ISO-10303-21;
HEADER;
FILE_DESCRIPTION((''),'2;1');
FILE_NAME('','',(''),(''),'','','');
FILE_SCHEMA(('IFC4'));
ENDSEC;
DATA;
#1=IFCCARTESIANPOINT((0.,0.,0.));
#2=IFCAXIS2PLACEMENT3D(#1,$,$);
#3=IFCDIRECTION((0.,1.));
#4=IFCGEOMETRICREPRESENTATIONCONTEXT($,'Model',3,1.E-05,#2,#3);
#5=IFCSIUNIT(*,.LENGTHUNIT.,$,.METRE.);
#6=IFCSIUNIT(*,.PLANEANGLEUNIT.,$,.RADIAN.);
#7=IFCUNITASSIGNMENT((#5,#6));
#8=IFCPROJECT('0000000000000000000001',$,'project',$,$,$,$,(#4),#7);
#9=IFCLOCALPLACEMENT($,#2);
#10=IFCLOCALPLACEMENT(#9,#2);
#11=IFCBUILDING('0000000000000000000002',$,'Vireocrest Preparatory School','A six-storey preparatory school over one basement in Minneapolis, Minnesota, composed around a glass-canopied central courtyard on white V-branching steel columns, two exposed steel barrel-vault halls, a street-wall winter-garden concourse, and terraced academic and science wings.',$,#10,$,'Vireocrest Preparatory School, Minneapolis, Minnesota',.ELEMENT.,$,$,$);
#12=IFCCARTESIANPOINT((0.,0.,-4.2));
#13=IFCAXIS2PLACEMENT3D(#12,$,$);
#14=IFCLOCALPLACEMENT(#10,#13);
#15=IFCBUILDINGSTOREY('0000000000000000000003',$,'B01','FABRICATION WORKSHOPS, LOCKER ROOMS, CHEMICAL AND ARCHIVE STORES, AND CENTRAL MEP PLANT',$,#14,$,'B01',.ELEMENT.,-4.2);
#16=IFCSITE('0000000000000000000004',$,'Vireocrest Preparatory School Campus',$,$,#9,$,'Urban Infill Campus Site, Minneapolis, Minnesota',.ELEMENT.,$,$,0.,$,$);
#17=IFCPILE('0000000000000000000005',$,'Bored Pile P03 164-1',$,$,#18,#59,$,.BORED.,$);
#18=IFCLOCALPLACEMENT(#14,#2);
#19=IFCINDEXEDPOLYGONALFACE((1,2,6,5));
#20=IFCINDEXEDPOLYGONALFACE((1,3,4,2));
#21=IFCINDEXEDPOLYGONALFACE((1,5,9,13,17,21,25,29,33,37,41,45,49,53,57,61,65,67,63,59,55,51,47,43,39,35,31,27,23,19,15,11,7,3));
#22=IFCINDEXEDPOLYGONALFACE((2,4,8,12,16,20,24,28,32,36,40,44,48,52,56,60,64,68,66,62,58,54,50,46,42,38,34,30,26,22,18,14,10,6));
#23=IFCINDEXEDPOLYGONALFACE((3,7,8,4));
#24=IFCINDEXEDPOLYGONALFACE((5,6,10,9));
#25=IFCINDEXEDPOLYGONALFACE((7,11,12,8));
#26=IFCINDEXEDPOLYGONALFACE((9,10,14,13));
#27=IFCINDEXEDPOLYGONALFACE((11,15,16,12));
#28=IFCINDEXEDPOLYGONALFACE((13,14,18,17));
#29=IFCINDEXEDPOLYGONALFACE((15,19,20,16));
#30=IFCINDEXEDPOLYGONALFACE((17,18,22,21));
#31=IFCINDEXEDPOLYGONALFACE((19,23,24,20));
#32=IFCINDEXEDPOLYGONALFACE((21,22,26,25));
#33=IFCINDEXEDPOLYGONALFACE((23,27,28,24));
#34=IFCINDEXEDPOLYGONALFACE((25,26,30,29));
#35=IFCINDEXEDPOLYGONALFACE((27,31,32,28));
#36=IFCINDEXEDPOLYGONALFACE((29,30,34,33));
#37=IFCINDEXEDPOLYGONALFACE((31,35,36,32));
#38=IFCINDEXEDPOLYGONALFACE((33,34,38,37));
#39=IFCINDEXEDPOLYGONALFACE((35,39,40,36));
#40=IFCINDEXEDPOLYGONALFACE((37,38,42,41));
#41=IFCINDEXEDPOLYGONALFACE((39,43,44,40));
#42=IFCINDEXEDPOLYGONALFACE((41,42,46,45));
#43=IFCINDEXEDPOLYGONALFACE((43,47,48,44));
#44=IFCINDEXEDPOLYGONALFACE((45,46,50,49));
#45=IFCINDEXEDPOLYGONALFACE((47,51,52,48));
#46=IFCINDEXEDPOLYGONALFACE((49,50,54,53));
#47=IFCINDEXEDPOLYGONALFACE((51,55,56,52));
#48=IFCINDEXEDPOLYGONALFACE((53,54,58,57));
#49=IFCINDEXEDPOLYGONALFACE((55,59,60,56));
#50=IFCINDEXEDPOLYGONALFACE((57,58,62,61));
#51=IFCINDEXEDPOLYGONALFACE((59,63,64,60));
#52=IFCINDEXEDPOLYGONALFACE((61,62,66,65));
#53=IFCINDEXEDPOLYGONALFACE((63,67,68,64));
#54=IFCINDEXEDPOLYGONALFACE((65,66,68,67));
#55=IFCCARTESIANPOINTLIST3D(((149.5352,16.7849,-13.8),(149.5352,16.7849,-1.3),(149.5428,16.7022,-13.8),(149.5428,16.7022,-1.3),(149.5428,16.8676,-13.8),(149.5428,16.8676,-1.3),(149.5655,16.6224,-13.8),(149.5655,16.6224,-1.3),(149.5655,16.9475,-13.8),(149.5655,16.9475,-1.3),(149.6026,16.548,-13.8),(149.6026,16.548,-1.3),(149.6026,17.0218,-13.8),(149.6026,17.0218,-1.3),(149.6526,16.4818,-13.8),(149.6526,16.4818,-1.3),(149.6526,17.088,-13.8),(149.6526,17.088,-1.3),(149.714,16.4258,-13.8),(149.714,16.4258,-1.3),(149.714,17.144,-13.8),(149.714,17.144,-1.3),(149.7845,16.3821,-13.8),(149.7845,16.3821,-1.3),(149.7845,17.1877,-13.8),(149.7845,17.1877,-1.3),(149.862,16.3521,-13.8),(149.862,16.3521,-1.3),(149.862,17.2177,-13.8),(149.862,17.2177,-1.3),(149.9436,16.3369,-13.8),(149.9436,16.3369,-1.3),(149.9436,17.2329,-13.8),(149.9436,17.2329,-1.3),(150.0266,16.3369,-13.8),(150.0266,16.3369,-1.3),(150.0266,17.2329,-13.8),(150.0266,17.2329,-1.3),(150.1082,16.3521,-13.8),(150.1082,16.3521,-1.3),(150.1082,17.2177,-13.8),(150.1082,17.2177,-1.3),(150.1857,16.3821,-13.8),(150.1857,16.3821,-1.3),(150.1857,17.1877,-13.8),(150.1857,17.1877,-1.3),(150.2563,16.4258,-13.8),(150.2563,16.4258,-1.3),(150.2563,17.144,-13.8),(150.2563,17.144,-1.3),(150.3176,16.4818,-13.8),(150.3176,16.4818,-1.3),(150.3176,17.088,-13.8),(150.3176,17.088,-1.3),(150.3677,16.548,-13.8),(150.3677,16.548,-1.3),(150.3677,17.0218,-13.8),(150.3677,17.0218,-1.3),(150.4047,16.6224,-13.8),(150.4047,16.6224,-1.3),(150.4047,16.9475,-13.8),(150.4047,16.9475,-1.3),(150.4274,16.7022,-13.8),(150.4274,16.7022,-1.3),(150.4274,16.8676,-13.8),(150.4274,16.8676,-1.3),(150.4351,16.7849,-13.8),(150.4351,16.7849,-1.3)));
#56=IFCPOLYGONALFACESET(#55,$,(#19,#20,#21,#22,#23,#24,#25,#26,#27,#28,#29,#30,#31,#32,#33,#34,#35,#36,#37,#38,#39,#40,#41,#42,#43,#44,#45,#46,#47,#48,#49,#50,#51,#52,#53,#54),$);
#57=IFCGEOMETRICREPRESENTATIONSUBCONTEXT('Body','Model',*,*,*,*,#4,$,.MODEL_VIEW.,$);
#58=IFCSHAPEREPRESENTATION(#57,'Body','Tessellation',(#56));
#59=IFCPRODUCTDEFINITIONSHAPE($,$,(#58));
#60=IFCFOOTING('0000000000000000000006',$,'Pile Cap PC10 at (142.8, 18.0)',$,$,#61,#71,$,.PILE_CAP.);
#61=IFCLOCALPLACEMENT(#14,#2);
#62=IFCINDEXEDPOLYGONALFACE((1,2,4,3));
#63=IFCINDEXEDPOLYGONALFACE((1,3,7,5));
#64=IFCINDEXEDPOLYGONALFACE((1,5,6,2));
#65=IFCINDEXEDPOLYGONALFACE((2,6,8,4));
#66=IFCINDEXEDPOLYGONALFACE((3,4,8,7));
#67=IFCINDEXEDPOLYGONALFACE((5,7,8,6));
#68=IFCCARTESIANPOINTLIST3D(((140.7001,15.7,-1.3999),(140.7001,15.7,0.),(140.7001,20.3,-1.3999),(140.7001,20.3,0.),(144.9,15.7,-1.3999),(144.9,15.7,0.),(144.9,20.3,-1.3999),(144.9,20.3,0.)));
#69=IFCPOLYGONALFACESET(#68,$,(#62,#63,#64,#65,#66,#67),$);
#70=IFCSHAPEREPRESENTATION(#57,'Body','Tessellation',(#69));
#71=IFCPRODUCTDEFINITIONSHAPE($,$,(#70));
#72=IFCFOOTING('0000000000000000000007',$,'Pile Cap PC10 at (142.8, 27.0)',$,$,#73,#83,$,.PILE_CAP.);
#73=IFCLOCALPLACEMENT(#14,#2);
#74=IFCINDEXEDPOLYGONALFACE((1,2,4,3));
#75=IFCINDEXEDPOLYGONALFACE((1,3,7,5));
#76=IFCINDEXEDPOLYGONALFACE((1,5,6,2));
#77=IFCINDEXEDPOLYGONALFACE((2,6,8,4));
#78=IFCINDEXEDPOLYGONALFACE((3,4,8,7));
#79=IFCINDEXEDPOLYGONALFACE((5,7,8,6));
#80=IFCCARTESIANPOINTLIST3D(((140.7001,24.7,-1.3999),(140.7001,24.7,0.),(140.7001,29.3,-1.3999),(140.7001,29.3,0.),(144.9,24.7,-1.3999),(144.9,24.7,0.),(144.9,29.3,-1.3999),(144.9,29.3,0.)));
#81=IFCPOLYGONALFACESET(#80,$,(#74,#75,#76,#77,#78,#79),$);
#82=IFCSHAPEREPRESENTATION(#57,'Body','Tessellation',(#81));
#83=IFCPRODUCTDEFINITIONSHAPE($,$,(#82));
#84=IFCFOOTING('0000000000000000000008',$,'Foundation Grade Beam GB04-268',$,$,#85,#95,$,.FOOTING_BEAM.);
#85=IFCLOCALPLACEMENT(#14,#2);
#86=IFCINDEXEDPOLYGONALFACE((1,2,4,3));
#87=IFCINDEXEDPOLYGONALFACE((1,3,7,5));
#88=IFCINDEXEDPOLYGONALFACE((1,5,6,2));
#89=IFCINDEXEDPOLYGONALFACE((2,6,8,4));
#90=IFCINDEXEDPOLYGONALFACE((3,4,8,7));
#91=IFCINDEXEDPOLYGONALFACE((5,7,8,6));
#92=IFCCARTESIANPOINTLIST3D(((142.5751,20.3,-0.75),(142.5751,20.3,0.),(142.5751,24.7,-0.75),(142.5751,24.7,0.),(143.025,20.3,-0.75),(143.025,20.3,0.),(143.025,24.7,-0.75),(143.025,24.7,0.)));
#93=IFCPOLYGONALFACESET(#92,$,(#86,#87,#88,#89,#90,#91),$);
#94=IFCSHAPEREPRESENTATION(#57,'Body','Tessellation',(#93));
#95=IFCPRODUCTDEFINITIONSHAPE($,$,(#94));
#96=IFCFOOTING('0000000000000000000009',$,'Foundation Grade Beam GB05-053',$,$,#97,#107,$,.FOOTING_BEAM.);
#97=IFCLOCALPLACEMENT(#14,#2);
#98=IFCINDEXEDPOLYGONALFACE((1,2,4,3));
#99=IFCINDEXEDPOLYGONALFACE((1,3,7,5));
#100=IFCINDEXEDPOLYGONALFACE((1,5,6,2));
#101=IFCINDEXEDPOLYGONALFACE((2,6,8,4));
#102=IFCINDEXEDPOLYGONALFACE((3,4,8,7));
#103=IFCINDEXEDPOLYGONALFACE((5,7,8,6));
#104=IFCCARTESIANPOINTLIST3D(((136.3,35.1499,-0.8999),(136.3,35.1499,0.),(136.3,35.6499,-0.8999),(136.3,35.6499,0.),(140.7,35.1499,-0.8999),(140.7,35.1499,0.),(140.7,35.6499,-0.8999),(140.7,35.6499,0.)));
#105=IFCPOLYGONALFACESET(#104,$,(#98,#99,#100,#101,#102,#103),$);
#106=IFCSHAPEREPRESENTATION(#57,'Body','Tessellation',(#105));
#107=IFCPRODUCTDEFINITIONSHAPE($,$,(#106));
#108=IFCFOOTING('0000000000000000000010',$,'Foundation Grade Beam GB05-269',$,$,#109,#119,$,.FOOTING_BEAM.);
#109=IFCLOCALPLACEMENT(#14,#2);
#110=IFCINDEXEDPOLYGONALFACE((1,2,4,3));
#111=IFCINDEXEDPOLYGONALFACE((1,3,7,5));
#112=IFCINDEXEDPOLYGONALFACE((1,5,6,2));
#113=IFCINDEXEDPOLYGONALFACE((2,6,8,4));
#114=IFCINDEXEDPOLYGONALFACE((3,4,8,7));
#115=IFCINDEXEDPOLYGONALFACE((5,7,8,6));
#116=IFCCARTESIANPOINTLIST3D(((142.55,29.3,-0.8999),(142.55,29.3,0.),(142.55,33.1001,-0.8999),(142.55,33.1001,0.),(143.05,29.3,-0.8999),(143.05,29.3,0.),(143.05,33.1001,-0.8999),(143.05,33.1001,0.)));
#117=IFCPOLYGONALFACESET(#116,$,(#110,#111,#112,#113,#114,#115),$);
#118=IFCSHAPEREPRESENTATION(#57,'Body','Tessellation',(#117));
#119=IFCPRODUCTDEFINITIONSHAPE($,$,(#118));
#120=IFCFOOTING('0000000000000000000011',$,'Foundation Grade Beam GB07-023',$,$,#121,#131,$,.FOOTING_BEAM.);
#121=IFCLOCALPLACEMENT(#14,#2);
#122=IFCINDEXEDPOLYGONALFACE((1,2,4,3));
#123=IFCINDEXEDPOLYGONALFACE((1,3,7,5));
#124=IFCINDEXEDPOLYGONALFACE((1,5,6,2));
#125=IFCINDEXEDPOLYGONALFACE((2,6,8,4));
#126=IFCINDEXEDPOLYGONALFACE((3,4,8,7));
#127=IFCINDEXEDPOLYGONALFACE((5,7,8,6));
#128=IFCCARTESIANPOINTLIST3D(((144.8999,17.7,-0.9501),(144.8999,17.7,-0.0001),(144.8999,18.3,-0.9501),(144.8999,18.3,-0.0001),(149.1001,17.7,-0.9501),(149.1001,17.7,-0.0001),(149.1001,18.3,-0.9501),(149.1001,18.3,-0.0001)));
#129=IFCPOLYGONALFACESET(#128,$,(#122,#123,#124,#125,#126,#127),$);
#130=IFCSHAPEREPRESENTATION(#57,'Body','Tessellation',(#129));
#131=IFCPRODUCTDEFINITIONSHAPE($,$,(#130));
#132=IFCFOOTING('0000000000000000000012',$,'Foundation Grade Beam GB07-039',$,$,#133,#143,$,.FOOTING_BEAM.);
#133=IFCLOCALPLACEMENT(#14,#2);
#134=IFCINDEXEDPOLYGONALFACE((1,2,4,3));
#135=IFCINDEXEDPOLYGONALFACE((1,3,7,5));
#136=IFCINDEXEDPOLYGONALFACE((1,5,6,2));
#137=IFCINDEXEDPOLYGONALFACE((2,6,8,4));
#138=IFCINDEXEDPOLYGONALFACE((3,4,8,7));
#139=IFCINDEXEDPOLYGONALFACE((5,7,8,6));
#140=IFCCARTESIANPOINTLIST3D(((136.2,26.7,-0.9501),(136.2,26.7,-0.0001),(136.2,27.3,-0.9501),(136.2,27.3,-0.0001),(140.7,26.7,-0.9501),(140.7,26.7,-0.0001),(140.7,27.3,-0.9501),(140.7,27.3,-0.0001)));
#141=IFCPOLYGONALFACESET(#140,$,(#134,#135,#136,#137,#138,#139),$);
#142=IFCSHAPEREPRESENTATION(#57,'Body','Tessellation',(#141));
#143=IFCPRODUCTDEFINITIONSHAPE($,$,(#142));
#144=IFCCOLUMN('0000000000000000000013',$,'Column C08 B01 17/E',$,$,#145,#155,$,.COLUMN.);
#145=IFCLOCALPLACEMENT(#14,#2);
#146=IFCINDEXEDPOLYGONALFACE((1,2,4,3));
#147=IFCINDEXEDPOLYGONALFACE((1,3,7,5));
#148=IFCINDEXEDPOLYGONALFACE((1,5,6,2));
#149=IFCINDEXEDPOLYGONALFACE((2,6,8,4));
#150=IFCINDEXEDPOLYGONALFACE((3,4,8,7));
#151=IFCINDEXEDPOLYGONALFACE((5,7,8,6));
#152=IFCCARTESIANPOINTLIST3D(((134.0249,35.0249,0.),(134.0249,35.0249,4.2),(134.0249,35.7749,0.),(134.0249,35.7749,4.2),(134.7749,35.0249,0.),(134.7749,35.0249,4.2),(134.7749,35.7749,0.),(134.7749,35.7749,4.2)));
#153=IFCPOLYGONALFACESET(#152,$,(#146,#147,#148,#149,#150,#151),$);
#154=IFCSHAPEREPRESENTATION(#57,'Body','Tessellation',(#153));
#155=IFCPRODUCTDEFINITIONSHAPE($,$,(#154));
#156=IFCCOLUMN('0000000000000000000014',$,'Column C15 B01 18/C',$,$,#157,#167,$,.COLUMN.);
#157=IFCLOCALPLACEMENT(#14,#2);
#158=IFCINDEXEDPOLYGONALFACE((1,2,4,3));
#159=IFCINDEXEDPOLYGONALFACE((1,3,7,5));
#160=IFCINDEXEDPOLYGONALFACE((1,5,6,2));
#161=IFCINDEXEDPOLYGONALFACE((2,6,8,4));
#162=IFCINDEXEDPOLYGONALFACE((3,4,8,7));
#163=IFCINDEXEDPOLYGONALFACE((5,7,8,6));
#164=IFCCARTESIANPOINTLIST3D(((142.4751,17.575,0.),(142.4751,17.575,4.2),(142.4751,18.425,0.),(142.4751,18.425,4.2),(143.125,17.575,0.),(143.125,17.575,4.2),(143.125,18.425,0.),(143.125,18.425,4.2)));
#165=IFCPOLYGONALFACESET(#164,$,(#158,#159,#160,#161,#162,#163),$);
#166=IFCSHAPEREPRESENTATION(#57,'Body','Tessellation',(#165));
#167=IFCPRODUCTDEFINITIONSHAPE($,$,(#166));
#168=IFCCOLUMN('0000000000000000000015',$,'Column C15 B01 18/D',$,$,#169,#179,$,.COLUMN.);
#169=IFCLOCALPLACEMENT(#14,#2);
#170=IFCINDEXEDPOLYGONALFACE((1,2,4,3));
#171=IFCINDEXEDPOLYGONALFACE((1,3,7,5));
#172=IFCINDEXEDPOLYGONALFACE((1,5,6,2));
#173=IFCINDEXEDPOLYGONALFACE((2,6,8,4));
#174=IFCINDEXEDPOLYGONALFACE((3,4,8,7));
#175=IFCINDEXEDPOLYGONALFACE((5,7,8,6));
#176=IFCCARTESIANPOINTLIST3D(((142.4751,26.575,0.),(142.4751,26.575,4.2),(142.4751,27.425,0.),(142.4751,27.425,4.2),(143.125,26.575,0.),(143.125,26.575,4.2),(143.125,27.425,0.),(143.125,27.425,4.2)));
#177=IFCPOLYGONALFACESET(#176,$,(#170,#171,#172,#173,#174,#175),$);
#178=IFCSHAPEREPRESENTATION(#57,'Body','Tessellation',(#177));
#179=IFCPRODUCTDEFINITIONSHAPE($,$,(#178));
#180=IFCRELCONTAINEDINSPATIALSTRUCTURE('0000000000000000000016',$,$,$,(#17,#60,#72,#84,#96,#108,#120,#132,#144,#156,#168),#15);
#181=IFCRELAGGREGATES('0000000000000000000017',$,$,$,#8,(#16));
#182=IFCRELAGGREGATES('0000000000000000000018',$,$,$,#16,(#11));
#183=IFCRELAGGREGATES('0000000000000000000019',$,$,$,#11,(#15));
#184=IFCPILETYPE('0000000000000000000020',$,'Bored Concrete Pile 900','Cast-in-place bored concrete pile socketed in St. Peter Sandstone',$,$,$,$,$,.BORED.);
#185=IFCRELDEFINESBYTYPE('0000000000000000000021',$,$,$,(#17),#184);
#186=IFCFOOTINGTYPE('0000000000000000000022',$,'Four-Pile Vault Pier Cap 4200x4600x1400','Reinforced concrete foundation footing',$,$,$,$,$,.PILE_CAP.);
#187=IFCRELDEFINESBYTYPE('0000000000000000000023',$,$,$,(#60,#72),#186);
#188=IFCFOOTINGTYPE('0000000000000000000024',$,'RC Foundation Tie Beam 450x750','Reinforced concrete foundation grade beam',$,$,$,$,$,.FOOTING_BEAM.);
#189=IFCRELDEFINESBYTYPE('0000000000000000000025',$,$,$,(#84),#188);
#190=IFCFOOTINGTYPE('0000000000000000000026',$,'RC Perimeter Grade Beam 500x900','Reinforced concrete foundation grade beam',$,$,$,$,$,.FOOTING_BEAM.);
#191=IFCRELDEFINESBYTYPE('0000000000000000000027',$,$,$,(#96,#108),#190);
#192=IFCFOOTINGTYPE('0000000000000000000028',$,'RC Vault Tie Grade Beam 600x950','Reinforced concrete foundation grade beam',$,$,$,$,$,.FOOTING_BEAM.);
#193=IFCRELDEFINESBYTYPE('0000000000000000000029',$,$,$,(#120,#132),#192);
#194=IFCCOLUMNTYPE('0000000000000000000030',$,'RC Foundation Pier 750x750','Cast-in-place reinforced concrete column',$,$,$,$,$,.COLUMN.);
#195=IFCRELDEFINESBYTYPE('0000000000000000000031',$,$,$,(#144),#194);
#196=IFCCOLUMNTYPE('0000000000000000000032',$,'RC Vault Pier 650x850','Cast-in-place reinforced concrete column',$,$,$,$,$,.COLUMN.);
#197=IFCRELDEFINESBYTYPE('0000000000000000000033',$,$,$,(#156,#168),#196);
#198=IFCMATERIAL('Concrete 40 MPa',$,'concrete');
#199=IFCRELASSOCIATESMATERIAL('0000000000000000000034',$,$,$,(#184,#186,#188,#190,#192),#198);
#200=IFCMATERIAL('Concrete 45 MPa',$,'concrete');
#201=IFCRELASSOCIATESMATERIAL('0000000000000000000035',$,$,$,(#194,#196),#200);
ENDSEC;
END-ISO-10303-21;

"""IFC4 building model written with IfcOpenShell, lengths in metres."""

from ifc_helpers import new_model, si_unit, direction, frame, origin, origin_2d, place, context, subcontext, project, spatial, rectangle, circle, extrude, material, material_profile, profile_set, type_object, element, save


model = new_model("IFC4")

# Units and contexts
model_context = context("Model", 3, precision=1e-05, world=origin(), true_north=direction((0.0, 1.0)))
body_context = subcontext(model_context, "Body", "Model", "MODEL_VIEW")
ifc_project = project(units=[si_unit("LENGTHUNIT", "METRE"), si_unit("PLANEANGLEUNIT", "RADIAN")], contexts=[model_context])

# Site, building, storey
site_placement = place(None, origin())
site = spatial("IfcSite", under=ifc_project, at=site_placement, Name="Vireocrest Preparatory School Campus", LongName="Urban Infill Campus Site, Minneapolis, Minnesota", CompositionType="ELEMENT", RefElevation=0.0)
building_placement = place(site_placement, origin())
building = spatial("IfcBuilding", under=site, at=building_placement, Name="Vireocrest Preparatory School", Description="A six-storey preparatory school over one basement in Minneapolis, Minnesota, composed around a glass-canopied central courtyard on white V-branching steel columns, two exposed steel barrel-vault halls, a street-wall winter-garden concourse, and terraced academic and science wings.", LongName="Vireocrest Preparatory School, Minneapolis, Minnesota", CompositionType="ELEMENT")
storey_placement = place(building_placement, frame((0.0, 0.0, -4.2)))
storey = spatial("IfcBuildingStorey", under=building, at=storey_placement, Name="B01", Description="FABRICATION WORKSHOPS, LOCKER ROOMS, CHEMICAL AND ARCHIVE STORES, AND CENTRAL MEP PLANT", LongName="B01", CompositionType="ELEMENT", Elevation=-4.2)

# Pile
ifc_material_1 = material(Name="Concrete 40 MPa", Category="concrete")
ifc_material_profile_1 = material_profile(ifc_material_1, circle(Radius=0.45, at=origin_2d()), Name="BORED PILE 900")
ifc_profile_set_1 = profile_set([ifc_material_profile_1], Name="Concrete 40 MPa")
pile_type_1 = type_object("IfcPileType", Name="Bored Concrete Pile 900", Description="Cast-in-place bored concrete pile socketed in St. Peter Sandstone", PredefinedType="BORED", material=ifc_profile_set_1)
for number, where, z_axis, x_axis, name in (
    (1, (149.9851, 16.7849, -1.3), (0.0, 0.0, -1.0), (1.0, 0.0, 0.0), "Bored Pile P03 164-1"),
):
    element("IfcPile", number, at=place(storey_placement, frame(where, z_axis=z_axis, x_axis=x_axis)), inside=storey, type_object=pile_type_1, Name=name, PredefinedType="BORED", context=body_context, shape_type="SweptSolid", body=[
        extrude(circle(Radius=0.45, at=origin_2d()), origin(), (0.0, 0.0, 1.0), 12.5),
    ])

# Footings
footing_type_1 = type_object("IfcFootingType", Name="Four-Pile Vault Pier Cap 4200x4600x1400", Description="Reinforced concrete foundation footing", PredefinedType="PILE_CAP", material=ifc_material_1)
for number, where, z_axis, x_axis, name in (
    (2, (142.8, 18.0, -1.3999), (0.0, 0.0, 1.0), (1.0, 0.0, 0.0), "Pile Cap PC10 at (142.8, 18.0)"),
    (3, (142.8, 27.0, -1.3999), (0.0, 0.0, 1.0), (1.0, 0.0, 0.0), "Pile Cap PC10 at (142.8, 27.0)"),
):
    element("IfcFooting", number, at=place(storey_placement, frame(where, z_axis=z_axis, x_axis=x_axis)), inside=storey, type_object=footing_type_1, Name=name, PredefinedType="PILE_CAP", context=body_context, shape_type="SweptSolid", body=[
        extrude(rectangle(XDim=4.2, YDim=4.6001, at=origin_2d()), origin(), (0.0, 0.0, 1.0), 1.3999),
    ])
ifc_material_profile_2 = material_profile(ifc_material_1, rectangle(XDim=0.45, YDim=0.75, at=origin_2d()), Name="GB 450x750")
ifc_profile_set_2 = profile_set([ifc_material_profile_2], Name="Concrete 40 MPa")
footing_type_2 = type_object("IfcFootingType", Name="RC Foundation Tie Beam 450x750", Description="Reinforced concrete foundation grade beam", PredefinedType="FOOTING_BEAM", material=ifc_profile_set_2)
footing_1_placement = place(storey_placement, frame((142.8, 20.3, -0.375), z_axis=(0.0, 1.0, 0.0), x_axis=(-1.0, 0.0, 0.0)))
element("IfcFooting", 4, at=footing_1_placement, inside=storey, type_object=footing_type_2, Name="Foundation Grade Beam GB04-268", PredefinedType="FOOTING_BEAM", context=body_context, shape_type="SweptSolid", body=[
    extrude(rectangle(XDim=0.45, YDim=0.75, at=origin_2d()), origin(), (0.0, 0.0, 1.0), 4.3999),
])
ifc_material_profile_3 = material_profile(ifc_material_1, rectangle(XDim=0.5, YDim=0.8999, at=origin_2d()), Name="GB 500x900")
ifc_profile_set_3 = profile_set([ifc_material_profile_3], Name="Concrete 40 MPa")
footing_type_3 = type_object("IfcFootingType", Name="RC Perimeter Grade Beam 500x900", Description="Reinforced concrete foundation grade beam", PredefinedType="FOOTING_BEAM", material=ifc_profile_set_3)
footing_2_placement = place(storey_placement, frame((136.3, 35.3999, -0.45), z_axis=(1.0, 0.0, 0.0), x_axis=(0.0, 1.0, 0.0)))
element("IfcFooting", 5, at=footing_2_placement, inside=storey, type_object=footing_type_3, Name="Foundation Grade Beam GB05-053", PredefinedType="FOOTING_BEAM", context=body_context, shape_type="SweptSolid", body=[
    extrude(rectangle(XDim=0.5, YDim=0.8999, at=origin_2d()), origin(), (0.0, 0.0, 1.0), 4.3999),
])
footing_3_placement = place(storey_placement, frame((142.8, 29.3, -0.45), z_axis=(0.0, 1.0, 0.0), x_axis=(-1.0, 0.0, 0.0)))
element("IfcFooting", 6, at=footing_3_placement, inside=storey, type_object=footing_type_3, Name="Foundation Grade Beam GB05-269", PredefinedType="FOOTING_BEAM", context=body_context, shape_type="SweptSolid", body=[
    extrude(rectangle(XDim=0.5, YDim=0.8999, at=origin_2d()), origin(), (0.0, 0.0, 1.0), 3.8),
])
ifc_material_profile_4 = material_profile(ifc_material_1, rectangle(XDim=0.6001, YDim=0.95, at=origin_2d()), Name="GB 600x950")
ifc_profile_set_4 = profile_set([ifc_material_profile_4], Name="Concrete 40 MPa")
footing_type_4 = type_object("IfcFootingType", Name="RC Vault Tie Grade Beam 600x950", Description="Reinforced concrete foundation grade beam", PredefinedType="FOOTING_BEAM", material=ifc_profile_set_4)
footing_4_placement = place(storey_placement, frame((144.8999, 18.0, -0.4751), z_axis=(1.0, 0.0, 0.0), x_axis=(0.0, 1.0, 0.0)))
element("IfcFooting", 7, at=footing_4_placement, inside=storey, type_object=footing_type_4, Name="Foundation Grade Beam GB07-023", PredefinedType="FOOTING_BEAM", context=body_context, shape_type="SweptSolid", body=[
    extrude(rectangle(XDim=0.6001, YDim=0.95, at=origin_2d()), origin(), (0.0, 0.0, 1.0), 4.2002),
])
footing_5_placement = place(storey_placement, frame((136.2, 27.0, -0.4751), z_axis=(1.0, 0.0, 0.0), x_axis=(0.0, 1.0, 0.0)))
element("IfcFooting", 8, at=footing_5_placement, inside=storey, type_object=footing_type_4, Name="Foundation Grade Beam GB07-039", PredefinedType="FOOTING_BEAM", context=body_context, shape_type="SweptSolid", body=[
    extrude(rectangle(XDim=0.6001, YDim=0.95, at=origin_2d()), origin(), (0.0, 0.0, 1.0), 4.5),
])

# Columns
ifc_material_2 = material(Name="Concrete 45 MPa", Category="concrete")
ifc_material_profile_5 = material_profile(ifc_material_2, rectangle(XDim=0.75, YDim=0.75, at=origin_2d()), Name="RC 750x750")
ifc_profile_set_5 = profile_set([ifc_material_profile_5], Name="Concrete 45 MPa")
column_type_1 = type_object("IfcColumnType", Name="RC Foundation Pier 750x750", Description="Cast-in-place reinforced concrete column", PredefinedType="COLUMN", material=ifc_profile_set_5)
column_placement = place(storey_placement, frame((134.3999, 35.3999, 0.0), z_axis=(0.0, 0.0, 1.0), x_axis=(1.0, 0.0, 0.0)))
element("IfcColumn", 9, at=column_placement, inside=storey, type_object=column_type_1, Name="Column C08 B01 17/E", PredefinedType="COLUMN", context=body_context, shape_type="SweptSolid", body=[
    extrude(rectangle(XDim=0.75, YDim=0.75, at=origin_2d()), origin(), (0.0, 0.0, 1.0), 4.2),
])
ifc_material_profile_6 = material_profile(ifc_material_2, rectangle(XDim=0.6499, YDim=0.8501, at=origin_2d()), Name="RC 650x850")
ifc_profile_set_6 = profile_set([ifc_material_profile_6], Name="Concrete 45 MPa")
column_type_2 = type_object("IfcColumnType", Name="RC Vault Pier 650x850", Description="Cast-in-place reinforced concrete column", PredefinedType="COLUMN", material=ifc_profile_set_6)
for number, where, z_axis, x_axis, name in (
    (10, (142.8, 18.0, 0.0), (0.0, 0.0, 1.0), (1.0, 0.0, 0.0), "Column C15 B01 18/C"),
    (11, (142.8, 27.0, 0.0), (0.0, 0.0, 1.0), (1.0, 0.0, 0.0), "Column C15 B01 18/D"),
):
    element("IfcColumn", number, at=place(storey_placement, frame(where, z_axis=z_axis, x_axis=x_axis)), inside=storey, type_object=column_type_2, Name=name, PredefinedType="COLUMN", context=body_context, shape_type="SweptSolid", body=[
        extrude(rectangle(XDim=0.6499, YDim=0.8501, at=origin_2d()), origin(), (0.0, 0.0, 1.0), 4.2),
    ])

save(model, "model.ifc")
